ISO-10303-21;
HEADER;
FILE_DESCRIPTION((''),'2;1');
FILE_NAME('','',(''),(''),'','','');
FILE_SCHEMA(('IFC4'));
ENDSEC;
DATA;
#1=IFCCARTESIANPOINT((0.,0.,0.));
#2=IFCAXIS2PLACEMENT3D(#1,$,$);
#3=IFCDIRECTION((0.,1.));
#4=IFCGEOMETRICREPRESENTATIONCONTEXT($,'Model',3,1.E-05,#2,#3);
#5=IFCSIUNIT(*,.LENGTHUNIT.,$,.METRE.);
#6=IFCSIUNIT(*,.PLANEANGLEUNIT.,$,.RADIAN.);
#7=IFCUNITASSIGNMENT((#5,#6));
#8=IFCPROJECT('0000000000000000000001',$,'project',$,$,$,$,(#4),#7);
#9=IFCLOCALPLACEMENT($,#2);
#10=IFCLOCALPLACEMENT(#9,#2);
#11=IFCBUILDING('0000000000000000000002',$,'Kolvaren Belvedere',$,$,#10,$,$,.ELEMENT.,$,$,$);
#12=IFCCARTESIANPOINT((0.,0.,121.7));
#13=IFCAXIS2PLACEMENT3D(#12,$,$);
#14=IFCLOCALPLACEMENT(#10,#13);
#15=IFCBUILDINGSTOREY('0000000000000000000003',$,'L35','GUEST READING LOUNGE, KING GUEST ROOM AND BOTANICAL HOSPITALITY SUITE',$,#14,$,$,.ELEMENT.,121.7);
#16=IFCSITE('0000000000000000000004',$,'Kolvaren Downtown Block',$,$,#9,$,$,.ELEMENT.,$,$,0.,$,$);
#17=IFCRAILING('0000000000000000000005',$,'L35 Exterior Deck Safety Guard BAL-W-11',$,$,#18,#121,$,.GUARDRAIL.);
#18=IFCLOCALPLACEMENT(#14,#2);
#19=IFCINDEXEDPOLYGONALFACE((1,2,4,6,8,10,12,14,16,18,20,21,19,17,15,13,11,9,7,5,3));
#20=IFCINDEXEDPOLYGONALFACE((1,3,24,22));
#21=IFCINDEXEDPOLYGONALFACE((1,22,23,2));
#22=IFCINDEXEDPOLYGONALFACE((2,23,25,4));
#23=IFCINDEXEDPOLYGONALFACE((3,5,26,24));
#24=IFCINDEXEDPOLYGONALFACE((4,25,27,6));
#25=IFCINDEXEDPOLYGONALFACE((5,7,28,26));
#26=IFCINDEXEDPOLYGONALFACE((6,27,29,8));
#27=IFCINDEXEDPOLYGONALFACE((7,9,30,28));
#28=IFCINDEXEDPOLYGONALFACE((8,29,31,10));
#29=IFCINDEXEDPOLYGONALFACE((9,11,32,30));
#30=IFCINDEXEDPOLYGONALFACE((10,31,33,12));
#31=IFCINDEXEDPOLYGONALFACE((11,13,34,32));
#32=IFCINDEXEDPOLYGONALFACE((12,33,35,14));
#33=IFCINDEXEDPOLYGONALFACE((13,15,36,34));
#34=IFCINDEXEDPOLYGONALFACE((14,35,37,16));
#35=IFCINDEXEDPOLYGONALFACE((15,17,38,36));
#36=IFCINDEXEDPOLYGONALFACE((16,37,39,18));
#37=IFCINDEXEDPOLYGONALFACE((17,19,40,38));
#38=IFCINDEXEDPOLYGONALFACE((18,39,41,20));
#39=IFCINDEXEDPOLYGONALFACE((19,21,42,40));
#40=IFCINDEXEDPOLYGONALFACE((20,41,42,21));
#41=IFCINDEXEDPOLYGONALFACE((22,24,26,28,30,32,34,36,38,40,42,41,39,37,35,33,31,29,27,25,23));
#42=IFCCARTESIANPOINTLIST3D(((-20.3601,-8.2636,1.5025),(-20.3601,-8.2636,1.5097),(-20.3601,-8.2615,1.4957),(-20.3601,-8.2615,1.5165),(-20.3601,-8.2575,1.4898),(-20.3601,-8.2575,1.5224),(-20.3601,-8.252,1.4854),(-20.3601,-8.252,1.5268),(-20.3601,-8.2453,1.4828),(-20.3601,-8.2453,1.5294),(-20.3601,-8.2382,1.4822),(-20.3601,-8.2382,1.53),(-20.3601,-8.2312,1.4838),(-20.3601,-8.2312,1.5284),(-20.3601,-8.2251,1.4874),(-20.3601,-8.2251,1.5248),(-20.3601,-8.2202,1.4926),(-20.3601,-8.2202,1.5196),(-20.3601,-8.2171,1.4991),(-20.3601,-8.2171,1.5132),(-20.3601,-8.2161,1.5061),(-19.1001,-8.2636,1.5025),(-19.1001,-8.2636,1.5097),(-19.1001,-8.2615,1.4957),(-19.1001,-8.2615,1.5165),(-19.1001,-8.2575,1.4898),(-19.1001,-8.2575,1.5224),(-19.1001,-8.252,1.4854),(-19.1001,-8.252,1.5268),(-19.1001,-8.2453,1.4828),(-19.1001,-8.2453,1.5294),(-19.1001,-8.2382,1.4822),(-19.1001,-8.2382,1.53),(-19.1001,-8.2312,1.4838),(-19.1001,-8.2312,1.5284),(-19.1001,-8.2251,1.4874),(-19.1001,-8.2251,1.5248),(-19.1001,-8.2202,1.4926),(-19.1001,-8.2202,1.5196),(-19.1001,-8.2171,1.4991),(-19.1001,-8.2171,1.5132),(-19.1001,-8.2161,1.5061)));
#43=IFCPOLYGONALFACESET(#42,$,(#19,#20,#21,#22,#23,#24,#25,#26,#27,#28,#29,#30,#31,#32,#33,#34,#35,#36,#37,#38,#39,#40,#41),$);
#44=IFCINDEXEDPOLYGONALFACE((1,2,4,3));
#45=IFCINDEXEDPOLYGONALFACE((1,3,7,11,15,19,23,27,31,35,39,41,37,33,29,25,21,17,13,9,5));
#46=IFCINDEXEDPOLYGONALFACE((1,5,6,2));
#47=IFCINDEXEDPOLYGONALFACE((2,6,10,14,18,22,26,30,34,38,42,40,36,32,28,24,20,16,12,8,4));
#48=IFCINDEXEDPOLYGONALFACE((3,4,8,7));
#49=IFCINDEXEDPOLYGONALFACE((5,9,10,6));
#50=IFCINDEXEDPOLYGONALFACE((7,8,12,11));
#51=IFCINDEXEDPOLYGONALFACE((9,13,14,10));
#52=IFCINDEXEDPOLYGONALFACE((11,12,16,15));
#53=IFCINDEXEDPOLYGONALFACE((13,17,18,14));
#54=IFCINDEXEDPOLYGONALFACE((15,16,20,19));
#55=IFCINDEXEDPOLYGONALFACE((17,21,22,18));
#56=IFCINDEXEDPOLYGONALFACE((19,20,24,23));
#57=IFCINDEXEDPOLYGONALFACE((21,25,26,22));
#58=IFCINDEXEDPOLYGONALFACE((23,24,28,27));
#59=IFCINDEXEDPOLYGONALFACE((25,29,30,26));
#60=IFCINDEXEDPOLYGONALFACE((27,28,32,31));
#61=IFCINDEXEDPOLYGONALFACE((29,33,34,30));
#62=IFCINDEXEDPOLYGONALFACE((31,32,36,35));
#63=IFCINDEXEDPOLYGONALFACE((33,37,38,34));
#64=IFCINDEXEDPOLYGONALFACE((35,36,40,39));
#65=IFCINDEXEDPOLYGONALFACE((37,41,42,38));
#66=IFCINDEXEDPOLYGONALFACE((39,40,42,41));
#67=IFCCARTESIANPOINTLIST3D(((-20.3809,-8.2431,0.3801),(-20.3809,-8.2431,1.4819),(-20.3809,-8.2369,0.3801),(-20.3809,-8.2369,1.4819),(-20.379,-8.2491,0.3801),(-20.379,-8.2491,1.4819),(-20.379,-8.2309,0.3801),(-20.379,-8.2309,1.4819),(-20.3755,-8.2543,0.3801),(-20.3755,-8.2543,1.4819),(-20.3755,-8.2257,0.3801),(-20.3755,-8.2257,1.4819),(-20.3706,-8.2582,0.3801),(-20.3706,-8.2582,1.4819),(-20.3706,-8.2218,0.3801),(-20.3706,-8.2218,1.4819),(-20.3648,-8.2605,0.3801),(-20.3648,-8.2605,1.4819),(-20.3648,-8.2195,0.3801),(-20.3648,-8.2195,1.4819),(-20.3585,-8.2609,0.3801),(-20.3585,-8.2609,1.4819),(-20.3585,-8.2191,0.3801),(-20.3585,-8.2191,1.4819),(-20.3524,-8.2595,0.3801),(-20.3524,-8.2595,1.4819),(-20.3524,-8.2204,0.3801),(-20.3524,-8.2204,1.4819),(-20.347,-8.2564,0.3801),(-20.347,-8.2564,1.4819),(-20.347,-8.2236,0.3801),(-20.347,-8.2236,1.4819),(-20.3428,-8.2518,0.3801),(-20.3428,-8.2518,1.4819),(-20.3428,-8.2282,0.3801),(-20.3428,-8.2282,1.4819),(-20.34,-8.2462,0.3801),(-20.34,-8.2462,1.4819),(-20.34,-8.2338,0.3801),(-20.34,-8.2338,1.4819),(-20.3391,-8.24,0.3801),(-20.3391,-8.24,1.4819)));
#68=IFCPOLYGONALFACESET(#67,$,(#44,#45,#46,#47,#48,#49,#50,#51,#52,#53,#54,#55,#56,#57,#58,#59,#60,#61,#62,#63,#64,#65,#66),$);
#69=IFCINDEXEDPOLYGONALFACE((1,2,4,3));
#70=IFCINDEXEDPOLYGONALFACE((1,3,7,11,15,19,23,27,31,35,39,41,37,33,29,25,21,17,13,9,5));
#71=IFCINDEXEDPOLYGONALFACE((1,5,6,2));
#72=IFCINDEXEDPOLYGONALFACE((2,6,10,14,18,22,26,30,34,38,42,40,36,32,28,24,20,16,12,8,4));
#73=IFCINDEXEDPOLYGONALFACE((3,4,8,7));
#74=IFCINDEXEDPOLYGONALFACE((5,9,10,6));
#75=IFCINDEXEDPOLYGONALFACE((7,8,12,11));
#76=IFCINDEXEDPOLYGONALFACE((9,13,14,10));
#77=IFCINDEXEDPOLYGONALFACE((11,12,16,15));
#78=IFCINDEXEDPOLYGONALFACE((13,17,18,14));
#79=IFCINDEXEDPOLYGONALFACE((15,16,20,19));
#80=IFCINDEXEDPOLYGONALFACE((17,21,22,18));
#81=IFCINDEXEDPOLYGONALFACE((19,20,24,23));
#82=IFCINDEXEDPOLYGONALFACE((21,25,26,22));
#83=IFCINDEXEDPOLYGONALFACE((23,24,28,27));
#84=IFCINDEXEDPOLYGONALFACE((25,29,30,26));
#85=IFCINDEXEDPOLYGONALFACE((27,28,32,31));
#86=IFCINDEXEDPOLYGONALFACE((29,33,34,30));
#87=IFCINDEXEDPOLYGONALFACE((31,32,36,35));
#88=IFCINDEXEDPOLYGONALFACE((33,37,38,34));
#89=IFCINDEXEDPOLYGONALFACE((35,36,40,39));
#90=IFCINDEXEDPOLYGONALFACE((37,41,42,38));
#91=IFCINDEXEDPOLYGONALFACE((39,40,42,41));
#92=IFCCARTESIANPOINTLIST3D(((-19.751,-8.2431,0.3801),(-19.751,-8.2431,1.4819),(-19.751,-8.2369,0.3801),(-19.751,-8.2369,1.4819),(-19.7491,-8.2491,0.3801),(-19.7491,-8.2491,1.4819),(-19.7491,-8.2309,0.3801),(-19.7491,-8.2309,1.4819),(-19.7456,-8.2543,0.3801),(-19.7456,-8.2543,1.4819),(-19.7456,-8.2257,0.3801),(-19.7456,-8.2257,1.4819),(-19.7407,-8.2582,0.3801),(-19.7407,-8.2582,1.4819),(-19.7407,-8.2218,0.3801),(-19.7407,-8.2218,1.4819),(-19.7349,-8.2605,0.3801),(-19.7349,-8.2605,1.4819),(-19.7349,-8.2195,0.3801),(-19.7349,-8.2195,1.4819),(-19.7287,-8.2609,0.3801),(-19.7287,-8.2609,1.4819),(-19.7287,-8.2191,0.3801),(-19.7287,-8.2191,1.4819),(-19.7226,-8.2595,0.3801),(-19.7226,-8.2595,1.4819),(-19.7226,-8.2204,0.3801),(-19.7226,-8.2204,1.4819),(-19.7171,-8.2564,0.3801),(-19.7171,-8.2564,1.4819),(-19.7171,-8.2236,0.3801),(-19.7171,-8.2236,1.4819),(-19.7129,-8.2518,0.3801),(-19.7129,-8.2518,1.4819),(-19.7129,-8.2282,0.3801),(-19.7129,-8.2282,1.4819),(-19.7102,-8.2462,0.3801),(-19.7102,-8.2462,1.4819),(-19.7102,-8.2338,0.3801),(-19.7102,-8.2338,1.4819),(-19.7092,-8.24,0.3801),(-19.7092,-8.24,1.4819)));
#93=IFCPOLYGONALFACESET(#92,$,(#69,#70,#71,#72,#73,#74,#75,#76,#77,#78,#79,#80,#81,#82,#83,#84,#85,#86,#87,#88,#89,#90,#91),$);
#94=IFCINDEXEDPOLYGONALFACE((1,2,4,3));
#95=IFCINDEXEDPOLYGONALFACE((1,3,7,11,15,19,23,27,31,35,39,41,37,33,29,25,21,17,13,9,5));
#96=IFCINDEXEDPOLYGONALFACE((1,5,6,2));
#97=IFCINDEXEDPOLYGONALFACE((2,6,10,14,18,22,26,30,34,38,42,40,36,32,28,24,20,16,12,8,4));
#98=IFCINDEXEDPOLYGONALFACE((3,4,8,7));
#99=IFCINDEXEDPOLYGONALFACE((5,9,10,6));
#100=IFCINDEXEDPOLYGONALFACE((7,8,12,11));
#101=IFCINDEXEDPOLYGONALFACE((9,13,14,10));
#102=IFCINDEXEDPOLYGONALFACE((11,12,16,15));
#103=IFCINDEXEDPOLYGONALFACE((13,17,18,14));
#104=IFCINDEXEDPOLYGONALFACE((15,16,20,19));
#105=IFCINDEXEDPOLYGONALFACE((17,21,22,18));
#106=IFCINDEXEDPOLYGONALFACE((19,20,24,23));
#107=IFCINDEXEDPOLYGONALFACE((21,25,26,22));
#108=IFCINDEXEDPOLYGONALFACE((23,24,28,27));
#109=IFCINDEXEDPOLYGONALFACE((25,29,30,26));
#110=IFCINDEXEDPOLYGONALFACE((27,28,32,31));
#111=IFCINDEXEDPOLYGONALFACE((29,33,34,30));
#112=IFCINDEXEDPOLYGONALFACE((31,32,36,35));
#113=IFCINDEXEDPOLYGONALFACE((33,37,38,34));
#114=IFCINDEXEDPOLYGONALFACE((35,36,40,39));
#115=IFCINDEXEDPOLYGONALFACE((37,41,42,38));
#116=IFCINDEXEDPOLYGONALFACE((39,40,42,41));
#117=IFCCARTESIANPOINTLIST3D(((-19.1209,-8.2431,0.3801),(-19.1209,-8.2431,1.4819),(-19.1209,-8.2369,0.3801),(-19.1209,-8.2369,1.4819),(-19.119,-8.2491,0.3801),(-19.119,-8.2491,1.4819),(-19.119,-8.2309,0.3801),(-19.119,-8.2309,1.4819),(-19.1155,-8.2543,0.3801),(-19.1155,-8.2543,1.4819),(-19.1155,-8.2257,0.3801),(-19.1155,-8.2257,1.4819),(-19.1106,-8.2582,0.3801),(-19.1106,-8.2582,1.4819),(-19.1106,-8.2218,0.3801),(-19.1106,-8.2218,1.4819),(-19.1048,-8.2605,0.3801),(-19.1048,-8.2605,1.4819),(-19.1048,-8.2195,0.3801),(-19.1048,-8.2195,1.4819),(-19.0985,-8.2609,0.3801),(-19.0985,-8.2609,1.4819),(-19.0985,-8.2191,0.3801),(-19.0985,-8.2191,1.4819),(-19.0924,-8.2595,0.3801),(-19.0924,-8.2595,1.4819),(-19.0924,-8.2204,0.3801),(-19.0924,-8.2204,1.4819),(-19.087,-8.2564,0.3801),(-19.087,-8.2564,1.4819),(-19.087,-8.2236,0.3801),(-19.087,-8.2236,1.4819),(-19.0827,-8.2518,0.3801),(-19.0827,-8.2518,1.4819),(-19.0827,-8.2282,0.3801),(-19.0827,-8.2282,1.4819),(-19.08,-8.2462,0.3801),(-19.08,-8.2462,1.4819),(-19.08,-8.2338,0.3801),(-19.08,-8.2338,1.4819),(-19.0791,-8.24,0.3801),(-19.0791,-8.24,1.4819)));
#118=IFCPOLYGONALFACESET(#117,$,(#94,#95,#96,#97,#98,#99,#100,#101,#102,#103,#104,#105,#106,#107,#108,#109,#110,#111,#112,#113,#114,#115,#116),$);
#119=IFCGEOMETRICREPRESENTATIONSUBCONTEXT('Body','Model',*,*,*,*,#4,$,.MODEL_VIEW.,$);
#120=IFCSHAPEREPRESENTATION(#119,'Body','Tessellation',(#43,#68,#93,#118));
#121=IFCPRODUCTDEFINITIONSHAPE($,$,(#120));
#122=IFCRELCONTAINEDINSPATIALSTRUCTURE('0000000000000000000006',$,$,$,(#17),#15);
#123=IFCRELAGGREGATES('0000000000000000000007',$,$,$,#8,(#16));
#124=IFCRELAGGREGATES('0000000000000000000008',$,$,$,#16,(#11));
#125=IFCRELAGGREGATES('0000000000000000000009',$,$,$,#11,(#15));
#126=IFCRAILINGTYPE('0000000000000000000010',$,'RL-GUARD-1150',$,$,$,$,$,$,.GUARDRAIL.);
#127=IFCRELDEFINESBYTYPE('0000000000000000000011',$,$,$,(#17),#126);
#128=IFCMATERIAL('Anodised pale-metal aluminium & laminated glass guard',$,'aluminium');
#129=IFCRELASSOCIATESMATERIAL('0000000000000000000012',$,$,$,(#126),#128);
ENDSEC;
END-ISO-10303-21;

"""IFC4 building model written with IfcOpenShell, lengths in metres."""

from ifc_helpers import new_model, si_unit, direction, frame, origin, origin_2d, place, context, subcontext, project, spatial, circle, extrude, material, type_object, element, save


model = new_model("IFC4")

# Units and contexts
model_context = context("Model", 3, precision=1e-05, world=origin(), true_north=direction((0.0, 1.0)))
body_context = subcontext(model_context, "Body", "Model", "MODEL_VIEW")
ifc_project = project(units=[si_unit("LENGTHUNIT", "METRE"), si_unit("PLANEANGLEUNIT", "RADIAN")], contexts=[model_context])

# Site, building, storey
site_placement = place(None, origin())
site = spatial("IfcSite", under=ifc_project, at=site_placement, Name="Kolvaren Downtown Block", CompositionType="ELEMENT", RefElevation=0.0)
building_placement = place(site_placement, origin())
building = spatial("IfcBuilding", under=site, at=building_placement, Name="Kolvaren Belvedere", CompositionType="ELEMENT")
storey_placement = place(building_placement, frame((0.0, 0.0, 121.7)))
storey = spatial("IfcBuildingStorey", under=building, at=storey_placement, Name="L35", Description="GUEST READING LOUNGE, KING GUEST ROOM AND BOTANICAL HOSPITALITY SUITE", CompositionType="ELEMENT", Elevation=121.7)

# Railing
ifc_material_1 = material(Name="Anodised pale-metal aluminium & laminated glass guard", Category="aluminium")
railing_type = type_object("IfcRailingType", Name="RL-GUARD-1150", PredefinedType="GUARDRAIL", material=ifc_material_1)
railing_1_placement = place(storey_placement, frame((-20.3601, -8.24, 0.3801)))
element("IfcRailing", 1, at=railing_1_placement, inside=storey, type_object=railing_type, Name="L35 Exterior Deck Safety Guard BAL-W-11", PredefinedType="GUARDRAIL", context=body_context, shape_type="SweptSolid", body=[
    extrude(circle(Radius=0.0239, at=origin_2d()), frame((0.0, 0.0, 1.126), z_axis=(1.0, 0.0, 0.0), x_axis=(0.0, 1.0, 0.0)), (0.0, 0.0, 1.0), 1.26),
    extrude(circle(Radius=0.021, at=origin_2d()), origin(), (0.0, 0.0, 1.0), 1.1018),
    extrude(circle(Radius=0.021, at=origin_2d()), frame((0.6299, 0.0, 0.0)), (0.0, 0.0, 1.0), 1.1018),
    extrude(circle(Radius=0.021, at=origin_2d()), frame((1.26, 0.0, 0.0)), (0.0, 0.0, 1.0), 1.1018),
])

save(model, "model.ifc")
